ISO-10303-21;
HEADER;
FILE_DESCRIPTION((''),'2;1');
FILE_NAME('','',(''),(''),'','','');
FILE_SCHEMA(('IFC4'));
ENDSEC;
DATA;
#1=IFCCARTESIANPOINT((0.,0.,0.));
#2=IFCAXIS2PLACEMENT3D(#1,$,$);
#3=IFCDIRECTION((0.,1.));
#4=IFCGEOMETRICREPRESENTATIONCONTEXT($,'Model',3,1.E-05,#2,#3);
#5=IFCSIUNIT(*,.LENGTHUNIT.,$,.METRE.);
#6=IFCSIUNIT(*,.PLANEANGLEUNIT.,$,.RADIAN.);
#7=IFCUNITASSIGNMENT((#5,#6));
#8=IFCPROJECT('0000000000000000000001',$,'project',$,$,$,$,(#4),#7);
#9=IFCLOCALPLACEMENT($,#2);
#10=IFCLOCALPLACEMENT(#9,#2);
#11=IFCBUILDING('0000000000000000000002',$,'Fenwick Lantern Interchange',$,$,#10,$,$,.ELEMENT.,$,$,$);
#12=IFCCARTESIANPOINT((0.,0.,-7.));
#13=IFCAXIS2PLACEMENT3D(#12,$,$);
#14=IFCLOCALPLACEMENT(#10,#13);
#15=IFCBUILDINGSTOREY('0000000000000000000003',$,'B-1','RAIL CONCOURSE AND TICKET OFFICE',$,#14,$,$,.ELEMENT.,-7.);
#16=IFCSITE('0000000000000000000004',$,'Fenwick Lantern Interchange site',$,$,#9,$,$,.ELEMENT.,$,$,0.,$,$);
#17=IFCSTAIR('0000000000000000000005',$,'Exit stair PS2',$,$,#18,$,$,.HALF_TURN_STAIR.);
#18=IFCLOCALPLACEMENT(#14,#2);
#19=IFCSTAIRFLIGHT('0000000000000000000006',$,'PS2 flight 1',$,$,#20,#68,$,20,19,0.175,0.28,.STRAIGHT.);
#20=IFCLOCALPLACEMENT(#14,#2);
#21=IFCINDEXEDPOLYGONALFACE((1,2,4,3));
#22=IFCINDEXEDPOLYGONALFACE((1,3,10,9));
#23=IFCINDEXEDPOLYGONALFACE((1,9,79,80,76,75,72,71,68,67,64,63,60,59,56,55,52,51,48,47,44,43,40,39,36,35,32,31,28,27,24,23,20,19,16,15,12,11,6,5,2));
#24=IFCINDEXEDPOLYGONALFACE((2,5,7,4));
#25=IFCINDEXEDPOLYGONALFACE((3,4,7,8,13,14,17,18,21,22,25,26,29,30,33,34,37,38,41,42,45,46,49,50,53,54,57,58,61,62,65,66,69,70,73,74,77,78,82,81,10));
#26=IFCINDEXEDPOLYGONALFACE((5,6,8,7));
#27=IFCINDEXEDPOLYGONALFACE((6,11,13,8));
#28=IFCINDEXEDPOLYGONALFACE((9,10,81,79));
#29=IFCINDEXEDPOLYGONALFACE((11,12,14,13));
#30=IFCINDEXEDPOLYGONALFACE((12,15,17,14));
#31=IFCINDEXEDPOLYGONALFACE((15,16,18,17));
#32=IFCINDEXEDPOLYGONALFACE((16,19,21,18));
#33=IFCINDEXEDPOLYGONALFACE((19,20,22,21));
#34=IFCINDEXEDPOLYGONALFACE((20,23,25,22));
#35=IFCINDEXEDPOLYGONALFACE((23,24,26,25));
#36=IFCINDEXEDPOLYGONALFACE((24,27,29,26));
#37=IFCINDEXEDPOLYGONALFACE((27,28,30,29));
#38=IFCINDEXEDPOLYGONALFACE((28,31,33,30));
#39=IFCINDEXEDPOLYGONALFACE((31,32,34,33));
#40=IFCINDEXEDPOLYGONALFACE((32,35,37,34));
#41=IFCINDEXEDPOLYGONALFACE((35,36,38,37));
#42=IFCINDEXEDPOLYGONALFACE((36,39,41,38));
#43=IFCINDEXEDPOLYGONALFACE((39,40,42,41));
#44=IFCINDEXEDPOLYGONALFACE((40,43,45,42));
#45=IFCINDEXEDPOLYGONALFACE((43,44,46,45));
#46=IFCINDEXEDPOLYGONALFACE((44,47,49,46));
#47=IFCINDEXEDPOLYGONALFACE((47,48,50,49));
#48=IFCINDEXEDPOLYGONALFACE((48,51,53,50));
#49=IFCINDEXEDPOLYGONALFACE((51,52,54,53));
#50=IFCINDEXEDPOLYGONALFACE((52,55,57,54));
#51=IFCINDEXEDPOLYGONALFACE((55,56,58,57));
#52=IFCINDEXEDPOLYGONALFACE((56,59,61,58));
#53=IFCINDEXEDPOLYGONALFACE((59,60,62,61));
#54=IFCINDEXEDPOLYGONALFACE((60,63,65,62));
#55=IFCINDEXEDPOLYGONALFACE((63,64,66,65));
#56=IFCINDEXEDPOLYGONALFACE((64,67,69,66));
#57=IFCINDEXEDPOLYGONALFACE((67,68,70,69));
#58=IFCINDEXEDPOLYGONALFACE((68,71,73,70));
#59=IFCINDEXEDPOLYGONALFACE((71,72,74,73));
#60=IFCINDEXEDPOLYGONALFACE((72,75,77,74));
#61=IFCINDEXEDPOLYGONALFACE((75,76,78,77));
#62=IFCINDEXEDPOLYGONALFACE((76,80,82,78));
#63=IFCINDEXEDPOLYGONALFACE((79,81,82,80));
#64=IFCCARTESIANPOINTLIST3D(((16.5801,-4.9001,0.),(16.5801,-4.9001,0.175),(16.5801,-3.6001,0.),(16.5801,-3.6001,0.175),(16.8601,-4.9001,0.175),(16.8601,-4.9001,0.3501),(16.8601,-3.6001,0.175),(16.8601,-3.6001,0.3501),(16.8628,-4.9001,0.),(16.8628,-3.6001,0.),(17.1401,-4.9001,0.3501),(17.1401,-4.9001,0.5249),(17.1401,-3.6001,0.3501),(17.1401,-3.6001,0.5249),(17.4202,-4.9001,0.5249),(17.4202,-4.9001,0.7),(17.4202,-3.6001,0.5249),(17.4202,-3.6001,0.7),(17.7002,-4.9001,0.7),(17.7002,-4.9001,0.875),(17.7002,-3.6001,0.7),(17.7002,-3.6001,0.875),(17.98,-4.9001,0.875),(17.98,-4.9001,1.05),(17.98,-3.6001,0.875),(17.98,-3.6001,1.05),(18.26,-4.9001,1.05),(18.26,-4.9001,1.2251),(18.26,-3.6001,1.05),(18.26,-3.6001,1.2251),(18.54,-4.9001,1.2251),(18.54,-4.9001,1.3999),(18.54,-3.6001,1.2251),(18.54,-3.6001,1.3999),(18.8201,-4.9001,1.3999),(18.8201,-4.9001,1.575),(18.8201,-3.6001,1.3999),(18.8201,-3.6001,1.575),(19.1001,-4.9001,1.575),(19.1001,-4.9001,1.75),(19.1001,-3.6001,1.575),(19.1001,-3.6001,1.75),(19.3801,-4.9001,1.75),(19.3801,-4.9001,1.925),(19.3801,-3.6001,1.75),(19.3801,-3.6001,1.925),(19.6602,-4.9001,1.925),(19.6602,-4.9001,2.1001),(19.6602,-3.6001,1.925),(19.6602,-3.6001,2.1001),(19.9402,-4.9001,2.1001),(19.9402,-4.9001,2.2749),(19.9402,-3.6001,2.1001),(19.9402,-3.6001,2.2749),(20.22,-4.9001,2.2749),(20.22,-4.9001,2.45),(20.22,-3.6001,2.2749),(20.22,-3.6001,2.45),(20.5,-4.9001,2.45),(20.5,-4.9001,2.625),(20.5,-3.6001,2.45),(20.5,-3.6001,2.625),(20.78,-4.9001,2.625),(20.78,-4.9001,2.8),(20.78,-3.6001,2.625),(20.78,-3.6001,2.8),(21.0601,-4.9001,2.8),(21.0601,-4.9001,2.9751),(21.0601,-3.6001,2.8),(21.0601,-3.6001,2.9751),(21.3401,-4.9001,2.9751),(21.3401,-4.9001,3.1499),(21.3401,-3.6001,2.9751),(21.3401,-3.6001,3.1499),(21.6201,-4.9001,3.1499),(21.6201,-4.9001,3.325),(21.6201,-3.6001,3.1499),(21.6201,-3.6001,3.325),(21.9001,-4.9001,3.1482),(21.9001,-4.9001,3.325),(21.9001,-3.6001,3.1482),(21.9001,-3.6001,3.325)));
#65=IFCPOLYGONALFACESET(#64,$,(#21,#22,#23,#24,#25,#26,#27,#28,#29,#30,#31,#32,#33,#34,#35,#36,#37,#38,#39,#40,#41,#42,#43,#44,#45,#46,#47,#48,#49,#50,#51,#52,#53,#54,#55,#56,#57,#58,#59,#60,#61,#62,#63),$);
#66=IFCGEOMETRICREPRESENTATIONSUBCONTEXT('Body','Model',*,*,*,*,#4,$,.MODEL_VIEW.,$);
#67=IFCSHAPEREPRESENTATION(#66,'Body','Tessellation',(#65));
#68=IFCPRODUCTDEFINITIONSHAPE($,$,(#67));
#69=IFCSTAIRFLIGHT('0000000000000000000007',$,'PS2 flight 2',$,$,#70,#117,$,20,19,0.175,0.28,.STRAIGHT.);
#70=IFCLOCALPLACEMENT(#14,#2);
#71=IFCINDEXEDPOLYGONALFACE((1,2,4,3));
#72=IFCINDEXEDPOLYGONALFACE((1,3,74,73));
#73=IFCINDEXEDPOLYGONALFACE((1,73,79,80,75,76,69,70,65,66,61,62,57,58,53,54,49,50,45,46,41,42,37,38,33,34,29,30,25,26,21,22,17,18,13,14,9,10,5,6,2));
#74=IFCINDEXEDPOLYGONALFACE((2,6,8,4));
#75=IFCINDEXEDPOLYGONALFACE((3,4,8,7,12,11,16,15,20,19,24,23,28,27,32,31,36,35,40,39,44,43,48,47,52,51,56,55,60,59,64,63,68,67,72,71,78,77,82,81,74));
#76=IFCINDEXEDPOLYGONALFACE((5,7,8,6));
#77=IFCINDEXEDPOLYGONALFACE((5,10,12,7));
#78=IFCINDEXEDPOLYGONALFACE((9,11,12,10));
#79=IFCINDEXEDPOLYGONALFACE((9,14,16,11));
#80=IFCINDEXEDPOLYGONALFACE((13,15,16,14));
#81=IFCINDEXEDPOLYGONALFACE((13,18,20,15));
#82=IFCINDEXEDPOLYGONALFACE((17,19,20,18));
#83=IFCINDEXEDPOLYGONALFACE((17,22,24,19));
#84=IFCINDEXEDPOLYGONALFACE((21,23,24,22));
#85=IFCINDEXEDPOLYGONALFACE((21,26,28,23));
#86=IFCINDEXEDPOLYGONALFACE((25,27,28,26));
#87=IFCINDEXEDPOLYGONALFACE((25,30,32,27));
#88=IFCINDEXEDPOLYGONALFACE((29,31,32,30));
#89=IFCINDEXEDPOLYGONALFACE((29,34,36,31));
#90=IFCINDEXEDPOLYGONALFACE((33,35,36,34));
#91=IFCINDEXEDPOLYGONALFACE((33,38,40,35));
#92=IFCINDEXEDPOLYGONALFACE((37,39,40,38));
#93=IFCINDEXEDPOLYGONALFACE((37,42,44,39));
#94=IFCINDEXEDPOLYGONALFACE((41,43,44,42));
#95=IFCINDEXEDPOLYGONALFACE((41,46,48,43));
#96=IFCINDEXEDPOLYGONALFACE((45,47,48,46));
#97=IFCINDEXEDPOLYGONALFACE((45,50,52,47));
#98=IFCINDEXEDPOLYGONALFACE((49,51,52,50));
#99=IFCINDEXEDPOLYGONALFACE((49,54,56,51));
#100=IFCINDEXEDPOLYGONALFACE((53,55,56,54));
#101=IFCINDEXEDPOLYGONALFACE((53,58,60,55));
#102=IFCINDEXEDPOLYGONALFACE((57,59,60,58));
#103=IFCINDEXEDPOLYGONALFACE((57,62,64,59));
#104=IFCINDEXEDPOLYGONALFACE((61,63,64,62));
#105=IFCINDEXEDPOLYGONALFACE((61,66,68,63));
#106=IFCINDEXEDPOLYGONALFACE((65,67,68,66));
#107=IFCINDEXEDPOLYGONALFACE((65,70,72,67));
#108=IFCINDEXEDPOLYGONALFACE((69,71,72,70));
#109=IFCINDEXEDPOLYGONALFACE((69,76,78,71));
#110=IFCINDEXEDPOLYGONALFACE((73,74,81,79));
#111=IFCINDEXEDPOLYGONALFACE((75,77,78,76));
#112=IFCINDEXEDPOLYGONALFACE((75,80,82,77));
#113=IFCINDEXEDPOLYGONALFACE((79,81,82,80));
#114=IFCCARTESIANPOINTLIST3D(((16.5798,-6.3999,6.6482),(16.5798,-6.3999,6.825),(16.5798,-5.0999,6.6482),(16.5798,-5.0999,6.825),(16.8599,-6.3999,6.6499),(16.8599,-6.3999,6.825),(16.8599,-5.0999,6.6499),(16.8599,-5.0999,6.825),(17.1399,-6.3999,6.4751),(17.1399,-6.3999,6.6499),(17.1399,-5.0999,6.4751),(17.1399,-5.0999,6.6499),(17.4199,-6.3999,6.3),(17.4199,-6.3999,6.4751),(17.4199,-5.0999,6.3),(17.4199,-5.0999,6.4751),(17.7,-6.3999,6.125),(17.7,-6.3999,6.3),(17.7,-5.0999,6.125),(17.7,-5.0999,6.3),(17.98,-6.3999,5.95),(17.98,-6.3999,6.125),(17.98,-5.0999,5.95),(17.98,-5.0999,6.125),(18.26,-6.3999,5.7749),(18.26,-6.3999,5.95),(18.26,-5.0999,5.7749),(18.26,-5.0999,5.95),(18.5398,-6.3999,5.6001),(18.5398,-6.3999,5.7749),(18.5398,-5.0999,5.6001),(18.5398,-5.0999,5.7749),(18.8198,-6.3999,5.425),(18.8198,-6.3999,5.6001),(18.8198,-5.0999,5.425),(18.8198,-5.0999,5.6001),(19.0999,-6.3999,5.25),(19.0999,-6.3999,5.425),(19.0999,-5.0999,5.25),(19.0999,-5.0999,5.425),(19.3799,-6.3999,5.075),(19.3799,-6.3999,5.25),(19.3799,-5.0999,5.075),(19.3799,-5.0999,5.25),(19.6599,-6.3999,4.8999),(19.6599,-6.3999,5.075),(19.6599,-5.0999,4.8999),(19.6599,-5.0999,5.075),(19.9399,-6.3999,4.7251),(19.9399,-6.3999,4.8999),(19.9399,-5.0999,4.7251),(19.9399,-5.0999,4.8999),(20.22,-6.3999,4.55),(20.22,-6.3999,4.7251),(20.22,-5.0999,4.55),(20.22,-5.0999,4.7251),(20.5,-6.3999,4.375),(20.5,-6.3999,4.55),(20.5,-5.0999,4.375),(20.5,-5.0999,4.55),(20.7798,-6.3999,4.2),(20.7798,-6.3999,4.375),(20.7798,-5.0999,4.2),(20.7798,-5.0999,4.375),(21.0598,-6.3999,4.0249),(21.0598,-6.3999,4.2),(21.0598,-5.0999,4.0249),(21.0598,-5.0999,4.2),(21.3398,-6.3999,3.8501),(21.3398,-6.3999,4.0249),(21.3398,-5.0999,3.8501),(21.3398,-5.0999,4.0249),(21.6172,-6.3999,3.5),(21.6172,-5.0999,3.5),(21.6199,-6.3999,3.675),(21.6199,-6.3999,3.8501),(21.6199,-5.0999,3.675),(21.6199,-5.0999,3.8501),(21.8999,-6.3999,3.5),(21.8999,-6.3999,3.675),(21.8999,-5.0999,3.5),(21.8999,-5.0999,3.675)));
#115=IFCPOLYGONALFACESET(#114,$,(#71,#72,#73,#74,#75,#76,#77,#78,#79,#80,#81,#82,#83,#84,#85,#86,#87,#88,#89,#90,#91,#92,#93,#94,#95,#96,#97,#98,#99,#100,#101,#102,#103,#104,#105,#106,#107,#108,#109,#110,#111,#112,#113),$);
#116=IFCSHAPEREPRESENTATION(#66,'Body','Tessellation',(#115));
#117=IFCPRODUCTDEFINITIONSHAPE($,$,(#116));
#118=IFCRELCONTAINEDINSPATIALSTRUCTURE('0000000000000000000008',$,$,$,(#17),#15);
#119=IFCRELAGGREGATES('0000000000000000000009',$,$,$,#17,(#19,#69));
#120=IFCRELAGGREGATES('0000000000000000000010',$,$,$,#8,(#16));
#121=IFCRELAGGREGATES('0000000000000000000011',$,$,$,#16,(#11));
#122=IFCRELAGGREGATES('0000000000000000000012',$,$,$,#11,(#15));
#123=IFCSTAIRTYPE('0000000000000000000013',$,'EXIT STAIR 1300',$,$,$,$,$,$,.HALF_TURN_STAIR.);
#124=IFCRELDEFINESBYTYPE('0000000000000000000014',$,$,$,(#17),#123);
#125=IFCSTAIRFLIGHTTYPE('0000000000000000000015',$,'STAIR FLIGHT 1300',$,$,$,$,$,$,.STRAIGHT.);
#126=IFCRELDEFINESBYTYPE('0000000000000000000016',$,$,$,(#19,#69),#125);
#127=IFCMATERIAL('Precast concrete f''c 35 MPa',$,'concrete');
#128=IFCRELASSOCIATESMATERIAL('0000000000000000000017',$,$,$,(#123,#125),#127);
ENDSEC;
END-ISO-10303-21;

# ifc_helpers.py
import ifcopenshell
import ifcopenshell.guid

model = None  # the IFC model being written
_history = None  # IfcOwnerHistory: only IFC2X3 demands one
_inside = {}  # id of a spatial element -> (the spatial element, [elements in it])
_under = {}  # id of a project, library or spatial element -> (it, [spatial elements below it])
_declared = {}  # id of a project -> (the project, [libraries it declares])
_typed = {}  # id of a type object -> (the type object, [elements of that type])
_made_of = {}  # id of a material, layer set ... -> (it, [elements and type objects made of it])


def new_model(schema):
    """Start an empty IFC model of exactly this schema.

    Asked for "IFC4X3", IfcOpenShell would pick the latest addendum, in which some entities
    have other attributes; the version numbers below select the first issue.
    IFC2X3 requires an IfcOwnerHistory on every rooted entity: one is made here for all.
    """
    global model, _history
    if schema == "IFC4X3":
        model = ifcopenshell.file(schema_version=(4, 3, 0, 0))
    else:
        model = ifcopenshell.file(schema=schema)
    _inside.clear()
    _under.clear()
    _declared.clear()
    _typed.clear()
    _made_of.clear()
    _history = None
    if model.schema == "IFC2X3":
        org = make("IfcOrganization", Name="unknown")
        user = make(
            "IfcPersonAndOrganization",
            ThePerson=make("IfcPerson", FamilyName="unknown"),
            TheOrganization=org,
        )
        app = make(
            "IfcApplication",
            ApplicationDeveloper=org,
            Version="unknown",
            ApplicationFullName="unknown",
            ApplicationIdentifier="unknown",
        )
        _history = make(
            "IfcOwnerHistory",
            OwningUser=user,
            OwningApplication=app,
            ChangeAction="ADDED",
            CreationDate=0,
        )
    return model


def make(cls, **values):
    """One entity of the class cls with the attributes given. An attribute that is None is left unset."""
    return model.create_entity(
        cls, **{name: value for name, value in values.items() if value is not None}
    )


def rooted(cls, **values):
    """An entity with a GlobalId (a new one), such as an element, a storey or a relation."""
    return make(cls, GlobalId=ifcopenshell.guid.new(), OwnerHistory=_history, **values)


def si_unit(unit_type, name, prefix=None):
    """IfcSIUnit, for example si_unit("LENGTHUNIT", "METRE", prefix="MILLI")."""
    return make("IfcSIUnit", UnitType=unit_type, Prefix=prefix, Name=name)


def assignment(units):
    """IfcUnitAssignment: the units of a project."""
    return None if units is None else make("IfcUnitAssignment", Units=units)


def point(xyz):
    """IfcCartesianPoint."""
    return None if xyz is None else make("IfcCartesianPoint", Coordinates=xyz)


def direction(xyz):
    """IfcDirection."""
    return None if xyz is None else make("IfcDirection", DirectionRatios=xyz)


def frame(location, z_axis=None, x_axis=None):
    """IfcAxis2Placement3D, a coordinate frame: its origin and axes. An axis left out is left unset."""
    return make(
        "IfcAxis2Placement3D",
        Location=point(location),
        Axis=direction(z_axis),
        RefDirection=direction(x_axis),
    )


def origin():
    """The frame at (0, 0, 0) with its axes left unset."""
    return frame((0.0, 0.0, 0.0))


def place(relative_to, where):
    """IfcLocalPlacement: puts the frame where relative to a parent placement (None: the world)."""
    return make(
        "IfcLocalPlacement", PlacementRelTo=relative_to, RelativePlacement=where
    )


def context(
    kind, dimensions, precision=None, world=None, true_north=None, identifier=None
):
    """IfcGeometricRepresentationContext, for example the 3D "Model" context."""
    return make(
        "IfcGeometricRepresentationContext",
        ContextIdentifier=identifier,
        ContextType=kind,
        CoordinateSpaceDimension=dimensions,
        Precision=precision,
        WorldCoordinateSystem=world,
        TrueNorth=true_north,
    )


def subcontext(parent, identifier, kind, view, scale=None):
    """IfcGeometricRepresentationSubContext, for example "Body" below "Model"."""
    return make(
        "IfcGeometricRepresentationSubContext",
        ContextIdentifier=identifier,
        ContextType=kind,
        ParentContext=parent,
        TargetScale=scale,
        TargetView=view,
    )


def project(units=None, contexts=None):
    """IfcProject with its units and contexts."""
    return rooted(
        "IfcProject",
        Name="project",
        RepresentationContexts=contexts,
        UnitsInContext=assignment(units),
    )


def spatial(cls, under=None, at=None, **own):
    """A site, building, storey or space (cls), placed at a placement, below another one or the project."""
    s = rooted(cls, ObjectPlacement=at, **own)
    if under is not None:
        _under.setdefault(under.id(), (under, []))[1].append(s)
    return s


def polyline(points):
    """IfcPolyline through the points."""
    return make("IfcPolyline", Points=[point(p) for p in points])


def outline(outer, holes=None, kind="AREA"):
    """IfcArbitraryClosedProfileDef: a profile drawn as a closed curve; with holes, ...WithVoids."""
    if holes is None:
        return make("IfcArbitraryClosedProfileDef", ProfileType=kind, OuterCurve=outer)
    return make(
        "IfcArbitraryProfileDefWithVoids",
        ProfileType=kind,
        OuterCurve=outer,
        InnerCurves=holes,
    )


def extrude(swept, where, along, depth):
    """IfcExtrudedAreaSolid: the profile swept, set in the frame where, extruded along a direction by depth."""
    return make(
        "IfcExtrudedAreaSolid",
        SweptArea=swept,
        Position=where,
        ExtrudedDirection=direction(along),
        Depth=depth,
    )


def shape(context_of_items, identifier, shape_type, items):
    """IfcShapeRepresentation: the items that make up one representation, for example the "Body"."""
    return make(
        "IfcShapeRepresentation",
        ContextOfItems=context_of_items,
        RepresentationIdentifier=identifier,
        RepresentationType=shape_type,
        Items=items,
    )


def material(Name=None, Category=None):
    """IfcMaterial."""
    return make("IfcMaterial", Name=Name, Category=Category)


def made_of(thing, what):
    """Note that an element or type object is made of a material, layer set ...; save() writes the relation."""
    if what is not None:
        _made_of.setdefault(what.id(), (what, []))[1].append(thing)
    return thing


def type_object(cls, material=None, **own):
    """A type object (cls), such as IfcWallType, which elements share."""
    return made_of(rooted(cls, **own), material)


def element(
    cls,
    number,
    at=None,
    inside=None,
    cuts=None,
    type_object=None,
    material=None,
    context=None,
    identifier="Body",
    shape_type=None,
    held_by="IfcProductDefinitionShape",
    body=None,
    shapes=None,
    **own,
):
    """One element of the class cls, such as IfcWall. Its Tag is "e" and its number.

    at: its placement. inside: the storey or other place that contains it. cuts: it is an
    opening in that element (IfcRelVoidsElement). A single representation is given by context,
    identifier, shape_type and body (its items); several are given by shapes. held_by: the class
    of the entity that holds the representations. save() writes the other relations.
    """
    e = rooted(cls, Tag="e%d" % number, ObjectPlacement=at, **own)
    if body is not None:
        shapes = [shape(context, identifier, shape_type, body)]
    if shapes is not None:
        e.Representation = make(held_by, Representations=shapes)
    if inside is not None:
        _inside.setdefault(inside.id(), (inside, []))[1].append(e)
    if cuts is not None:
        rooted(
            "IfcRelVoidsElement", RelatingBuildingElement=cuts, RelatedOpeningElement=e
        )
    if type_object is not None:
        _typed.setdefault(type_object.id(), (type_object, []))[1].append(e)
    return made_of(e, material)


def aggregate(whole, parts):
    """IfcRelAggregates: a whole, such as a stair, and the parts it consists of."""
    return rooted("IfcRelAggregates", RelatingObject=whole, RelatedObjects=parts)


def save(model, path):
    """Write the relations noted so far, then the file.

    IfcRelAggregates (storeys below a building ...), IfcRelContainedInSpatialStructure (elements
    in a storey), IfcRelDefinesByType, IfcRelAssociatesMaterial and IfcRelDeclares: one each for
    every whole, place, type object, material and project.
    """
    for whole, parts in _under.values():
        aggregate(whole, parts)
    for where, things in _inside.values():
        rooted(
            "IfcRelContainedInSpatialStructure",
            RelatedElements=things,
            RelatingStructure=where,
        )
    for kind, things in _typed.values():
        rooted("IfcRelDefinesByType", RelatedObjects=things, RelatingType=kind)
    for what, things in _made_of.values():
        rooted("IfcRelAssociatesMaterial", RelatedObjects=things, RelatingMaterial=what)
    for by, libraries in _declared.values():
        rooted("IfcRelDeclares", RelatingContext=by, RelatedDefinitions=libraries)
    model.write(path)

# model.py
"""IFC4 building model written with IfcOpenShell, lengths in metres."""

from ifc_helpers import new_model, si_unit, direction, frame, origin, place, context, subcontext, project, spatial, polyline, outline, extrude, material, type_object, element, aggregate, save


model = new_model("IFC4")

# Units and contexts
model_context = context("Model", 3, precision=1e-05, world=origin(), true_north=direction((0.0, 1.0)))
body_context = subcontext(model_context, "Body", "Model", "MODEL_VIEW")
ifc_project = project(units=[si_unit("LENGTHUNIT", "METRE"), si_unit("PLANEANGLEUNIT", "RADIAN")], contexts=[model_context])

# Site, building, storey
site_placement = place(None, origin())
site = spatial("IfcSite", under=ifc_project, at=site_placement, Name="Fenwick Lantern Interchange site", CompositionType="ELEMENT", RefElevation=0.0)
building_placement = place(site_placement, origin())
building = spatial("IfcBuilding", under=site, at=building_placement, Name="Fenwick Lantern Interchange", CompositionType="ELEMENT")
storey_placement = place(building_placement, frame((0.0, 0.0, -7.0)))
storey = spatial("IfcBuildingStorey", under=building, at=storey_placement, Name="B-1", Description="RAIL CONCOURSE AND TICKET OFFICE", CompositionType="ELEMENT", Elevation=-7.0)

# Stair, stair flights
ifc_material_1 = material(Name="Precast concrete f'c 35 MPa", Category="concrete")
stair_type = type_object("IfcStairType", Name="EXIT STAIR 1300", PredefinedType="HALF_TURN_STAIR", material=ifc_material_1)
stair_placement = place(storey_placement, origin())
stair = element("IfcStair", 1, at=stair_placement, inside=storey, type_object=stair_type, Name="Exit stair PS2", PredefinedType="HALF_TURN_STAIR")
stair_flight_type = type_object("IfcStairFlightType", Name="STAIR FLIGHT 1300", PredefinedType="STRAIGHT", material=ifc_material_1)
stair_flight_1_placement = place(storey_placement, frame((16.5801, -4.25, 0.0), z_axis=(0.0, 0.0, 1.0), x_axis=(1.0, 0.0, 0.0)))
stair_flight_1 = element("IfcStairFlight", 2, at=stair_flight_1_placement, type_object=stair_flight_type, Name="PS2 flight 1", NumberOfRisers=20, NumberOfTreads=19, PredefinedType="STRAIGHT", RiserHeight=0.175, TreadLength=0.28, context=body_context, shape_type="SweptSolid", body=[
    extrude(outline(polyline([(0.0, 0.0), (0.0, 0.175), (0.28, 0.175), (0.28, 0.3501), (0.5601, 0.3501), (0.5601, 0.5249), (0.8401, 0.5249), (0.8401, 0.7), (1.1201, 0.7), (1.1201, 0.875), (1.3999, 0.875), (1.3999, 1.05), (1.6799, 1.05), (1.6799, 1.2251), (1.96, 1.2251), (1.96, 1.3999), (2.24, 1.3999), (2.24, 1.575), (2.52, 1.575), (2.52, 1.75), (2.8, 1.75), (2.8, 1.925), (3.0801, 1.925), (3.0801, 2.1001), (3.3601, 2.1001), (3.3601, 2.2749), (3.6399, 2.2749), (3.6399, 2.45), (3.9199, 2.45), (3.9199, 2.625), (4.2, 2.625), (4.2, 2.8), (4.48, 2.8), (4.48, 2.9751), (4.76, 2.9751), (4.76, 3.1499), (5.04, 3.1499), (5.04, 3.325), (5.3201, 3.325), (5.3201, 3.5), (5.3201, 3.1482), (0.2827, 0.0), (0.0, 0.0)])), frame((0.0, 0.6499, 0.0), z_axis=(0.0, -1.0, 0.0), x_axis=(1.0, 0.0, 0.0)), (0.0, 0.0, 1.0), 1.3),
])
stair_flight_2_placement = place(storey_placement, frame((21.8999, -5.75, 3.5), z_axis=(0.0, 0.0, 1.0), x_axis=(-1.0, 0.0, 0.0)))
stair_flight_2 = element("IfcStairFlight", 3, at=stair_flight_2_placement, type_object=stair_flight_type, Name="PS2 flight 2", NumberOfRisers=20, NumberOfTreads=19, PredefinedType="STRAIGHT", RiserHeight=0.175, TreadLength=0.28, context=body_context, shape_type="SweptSolid", body=[
    extrude(outline(polyline([(0.0, 0.0), (0.0, 0.175), (0.28, 0.175), (0.28, 0.3501), (0.5601, 0.3501), (0.5601, 0.5249), (0.8401, 0.5249), (0.8401, 0.7), (1.1201, 0.7), (1.1201, 0.875), (1.3999, 0.875), (1.3999, 1.05), (1.6799, 1.05), (1.6799, 1.2251), (1.96, 1.2251), (1.96, 1.3999), (2.24, 1.3999), (2.24, 1.575), (2.52, 1.575), (2.52, 1.75), (2.8, 1.75), (2.8, 1.925), (3.0801, 1.925), (3.0801, 2.1001), (3.3601, 2.1001), (3.3601, 2.2749), (3.6399, 2.2749), (3.6399, 2.45), (3.9199, 2.45), (3.9199, 2.625), (4.2, 2.625), (4.2, 2.8), (4.48, 2.8), (4.48, 2.9751), (4.76, 2.9751), (4.76, 3.1499), (5.04, 3.1499), (5.04, 3.325), (5.3201, 3.325), (5.3201, 3.5), (5.3201, 3.1482), (0.2827, 0.0), (0.0, 0.0)])), frame((0.0, 0.6499, 0.0), z_axis=(0.0, -1.0, 0.0), x_axis=(1.0, 0.0, 0.0)), (0.0, 0.0, 1.0), 1.3),
])
aggregate(stair, [stair_flight_1, stair_flight_2])

save(model, "model.ifc")
